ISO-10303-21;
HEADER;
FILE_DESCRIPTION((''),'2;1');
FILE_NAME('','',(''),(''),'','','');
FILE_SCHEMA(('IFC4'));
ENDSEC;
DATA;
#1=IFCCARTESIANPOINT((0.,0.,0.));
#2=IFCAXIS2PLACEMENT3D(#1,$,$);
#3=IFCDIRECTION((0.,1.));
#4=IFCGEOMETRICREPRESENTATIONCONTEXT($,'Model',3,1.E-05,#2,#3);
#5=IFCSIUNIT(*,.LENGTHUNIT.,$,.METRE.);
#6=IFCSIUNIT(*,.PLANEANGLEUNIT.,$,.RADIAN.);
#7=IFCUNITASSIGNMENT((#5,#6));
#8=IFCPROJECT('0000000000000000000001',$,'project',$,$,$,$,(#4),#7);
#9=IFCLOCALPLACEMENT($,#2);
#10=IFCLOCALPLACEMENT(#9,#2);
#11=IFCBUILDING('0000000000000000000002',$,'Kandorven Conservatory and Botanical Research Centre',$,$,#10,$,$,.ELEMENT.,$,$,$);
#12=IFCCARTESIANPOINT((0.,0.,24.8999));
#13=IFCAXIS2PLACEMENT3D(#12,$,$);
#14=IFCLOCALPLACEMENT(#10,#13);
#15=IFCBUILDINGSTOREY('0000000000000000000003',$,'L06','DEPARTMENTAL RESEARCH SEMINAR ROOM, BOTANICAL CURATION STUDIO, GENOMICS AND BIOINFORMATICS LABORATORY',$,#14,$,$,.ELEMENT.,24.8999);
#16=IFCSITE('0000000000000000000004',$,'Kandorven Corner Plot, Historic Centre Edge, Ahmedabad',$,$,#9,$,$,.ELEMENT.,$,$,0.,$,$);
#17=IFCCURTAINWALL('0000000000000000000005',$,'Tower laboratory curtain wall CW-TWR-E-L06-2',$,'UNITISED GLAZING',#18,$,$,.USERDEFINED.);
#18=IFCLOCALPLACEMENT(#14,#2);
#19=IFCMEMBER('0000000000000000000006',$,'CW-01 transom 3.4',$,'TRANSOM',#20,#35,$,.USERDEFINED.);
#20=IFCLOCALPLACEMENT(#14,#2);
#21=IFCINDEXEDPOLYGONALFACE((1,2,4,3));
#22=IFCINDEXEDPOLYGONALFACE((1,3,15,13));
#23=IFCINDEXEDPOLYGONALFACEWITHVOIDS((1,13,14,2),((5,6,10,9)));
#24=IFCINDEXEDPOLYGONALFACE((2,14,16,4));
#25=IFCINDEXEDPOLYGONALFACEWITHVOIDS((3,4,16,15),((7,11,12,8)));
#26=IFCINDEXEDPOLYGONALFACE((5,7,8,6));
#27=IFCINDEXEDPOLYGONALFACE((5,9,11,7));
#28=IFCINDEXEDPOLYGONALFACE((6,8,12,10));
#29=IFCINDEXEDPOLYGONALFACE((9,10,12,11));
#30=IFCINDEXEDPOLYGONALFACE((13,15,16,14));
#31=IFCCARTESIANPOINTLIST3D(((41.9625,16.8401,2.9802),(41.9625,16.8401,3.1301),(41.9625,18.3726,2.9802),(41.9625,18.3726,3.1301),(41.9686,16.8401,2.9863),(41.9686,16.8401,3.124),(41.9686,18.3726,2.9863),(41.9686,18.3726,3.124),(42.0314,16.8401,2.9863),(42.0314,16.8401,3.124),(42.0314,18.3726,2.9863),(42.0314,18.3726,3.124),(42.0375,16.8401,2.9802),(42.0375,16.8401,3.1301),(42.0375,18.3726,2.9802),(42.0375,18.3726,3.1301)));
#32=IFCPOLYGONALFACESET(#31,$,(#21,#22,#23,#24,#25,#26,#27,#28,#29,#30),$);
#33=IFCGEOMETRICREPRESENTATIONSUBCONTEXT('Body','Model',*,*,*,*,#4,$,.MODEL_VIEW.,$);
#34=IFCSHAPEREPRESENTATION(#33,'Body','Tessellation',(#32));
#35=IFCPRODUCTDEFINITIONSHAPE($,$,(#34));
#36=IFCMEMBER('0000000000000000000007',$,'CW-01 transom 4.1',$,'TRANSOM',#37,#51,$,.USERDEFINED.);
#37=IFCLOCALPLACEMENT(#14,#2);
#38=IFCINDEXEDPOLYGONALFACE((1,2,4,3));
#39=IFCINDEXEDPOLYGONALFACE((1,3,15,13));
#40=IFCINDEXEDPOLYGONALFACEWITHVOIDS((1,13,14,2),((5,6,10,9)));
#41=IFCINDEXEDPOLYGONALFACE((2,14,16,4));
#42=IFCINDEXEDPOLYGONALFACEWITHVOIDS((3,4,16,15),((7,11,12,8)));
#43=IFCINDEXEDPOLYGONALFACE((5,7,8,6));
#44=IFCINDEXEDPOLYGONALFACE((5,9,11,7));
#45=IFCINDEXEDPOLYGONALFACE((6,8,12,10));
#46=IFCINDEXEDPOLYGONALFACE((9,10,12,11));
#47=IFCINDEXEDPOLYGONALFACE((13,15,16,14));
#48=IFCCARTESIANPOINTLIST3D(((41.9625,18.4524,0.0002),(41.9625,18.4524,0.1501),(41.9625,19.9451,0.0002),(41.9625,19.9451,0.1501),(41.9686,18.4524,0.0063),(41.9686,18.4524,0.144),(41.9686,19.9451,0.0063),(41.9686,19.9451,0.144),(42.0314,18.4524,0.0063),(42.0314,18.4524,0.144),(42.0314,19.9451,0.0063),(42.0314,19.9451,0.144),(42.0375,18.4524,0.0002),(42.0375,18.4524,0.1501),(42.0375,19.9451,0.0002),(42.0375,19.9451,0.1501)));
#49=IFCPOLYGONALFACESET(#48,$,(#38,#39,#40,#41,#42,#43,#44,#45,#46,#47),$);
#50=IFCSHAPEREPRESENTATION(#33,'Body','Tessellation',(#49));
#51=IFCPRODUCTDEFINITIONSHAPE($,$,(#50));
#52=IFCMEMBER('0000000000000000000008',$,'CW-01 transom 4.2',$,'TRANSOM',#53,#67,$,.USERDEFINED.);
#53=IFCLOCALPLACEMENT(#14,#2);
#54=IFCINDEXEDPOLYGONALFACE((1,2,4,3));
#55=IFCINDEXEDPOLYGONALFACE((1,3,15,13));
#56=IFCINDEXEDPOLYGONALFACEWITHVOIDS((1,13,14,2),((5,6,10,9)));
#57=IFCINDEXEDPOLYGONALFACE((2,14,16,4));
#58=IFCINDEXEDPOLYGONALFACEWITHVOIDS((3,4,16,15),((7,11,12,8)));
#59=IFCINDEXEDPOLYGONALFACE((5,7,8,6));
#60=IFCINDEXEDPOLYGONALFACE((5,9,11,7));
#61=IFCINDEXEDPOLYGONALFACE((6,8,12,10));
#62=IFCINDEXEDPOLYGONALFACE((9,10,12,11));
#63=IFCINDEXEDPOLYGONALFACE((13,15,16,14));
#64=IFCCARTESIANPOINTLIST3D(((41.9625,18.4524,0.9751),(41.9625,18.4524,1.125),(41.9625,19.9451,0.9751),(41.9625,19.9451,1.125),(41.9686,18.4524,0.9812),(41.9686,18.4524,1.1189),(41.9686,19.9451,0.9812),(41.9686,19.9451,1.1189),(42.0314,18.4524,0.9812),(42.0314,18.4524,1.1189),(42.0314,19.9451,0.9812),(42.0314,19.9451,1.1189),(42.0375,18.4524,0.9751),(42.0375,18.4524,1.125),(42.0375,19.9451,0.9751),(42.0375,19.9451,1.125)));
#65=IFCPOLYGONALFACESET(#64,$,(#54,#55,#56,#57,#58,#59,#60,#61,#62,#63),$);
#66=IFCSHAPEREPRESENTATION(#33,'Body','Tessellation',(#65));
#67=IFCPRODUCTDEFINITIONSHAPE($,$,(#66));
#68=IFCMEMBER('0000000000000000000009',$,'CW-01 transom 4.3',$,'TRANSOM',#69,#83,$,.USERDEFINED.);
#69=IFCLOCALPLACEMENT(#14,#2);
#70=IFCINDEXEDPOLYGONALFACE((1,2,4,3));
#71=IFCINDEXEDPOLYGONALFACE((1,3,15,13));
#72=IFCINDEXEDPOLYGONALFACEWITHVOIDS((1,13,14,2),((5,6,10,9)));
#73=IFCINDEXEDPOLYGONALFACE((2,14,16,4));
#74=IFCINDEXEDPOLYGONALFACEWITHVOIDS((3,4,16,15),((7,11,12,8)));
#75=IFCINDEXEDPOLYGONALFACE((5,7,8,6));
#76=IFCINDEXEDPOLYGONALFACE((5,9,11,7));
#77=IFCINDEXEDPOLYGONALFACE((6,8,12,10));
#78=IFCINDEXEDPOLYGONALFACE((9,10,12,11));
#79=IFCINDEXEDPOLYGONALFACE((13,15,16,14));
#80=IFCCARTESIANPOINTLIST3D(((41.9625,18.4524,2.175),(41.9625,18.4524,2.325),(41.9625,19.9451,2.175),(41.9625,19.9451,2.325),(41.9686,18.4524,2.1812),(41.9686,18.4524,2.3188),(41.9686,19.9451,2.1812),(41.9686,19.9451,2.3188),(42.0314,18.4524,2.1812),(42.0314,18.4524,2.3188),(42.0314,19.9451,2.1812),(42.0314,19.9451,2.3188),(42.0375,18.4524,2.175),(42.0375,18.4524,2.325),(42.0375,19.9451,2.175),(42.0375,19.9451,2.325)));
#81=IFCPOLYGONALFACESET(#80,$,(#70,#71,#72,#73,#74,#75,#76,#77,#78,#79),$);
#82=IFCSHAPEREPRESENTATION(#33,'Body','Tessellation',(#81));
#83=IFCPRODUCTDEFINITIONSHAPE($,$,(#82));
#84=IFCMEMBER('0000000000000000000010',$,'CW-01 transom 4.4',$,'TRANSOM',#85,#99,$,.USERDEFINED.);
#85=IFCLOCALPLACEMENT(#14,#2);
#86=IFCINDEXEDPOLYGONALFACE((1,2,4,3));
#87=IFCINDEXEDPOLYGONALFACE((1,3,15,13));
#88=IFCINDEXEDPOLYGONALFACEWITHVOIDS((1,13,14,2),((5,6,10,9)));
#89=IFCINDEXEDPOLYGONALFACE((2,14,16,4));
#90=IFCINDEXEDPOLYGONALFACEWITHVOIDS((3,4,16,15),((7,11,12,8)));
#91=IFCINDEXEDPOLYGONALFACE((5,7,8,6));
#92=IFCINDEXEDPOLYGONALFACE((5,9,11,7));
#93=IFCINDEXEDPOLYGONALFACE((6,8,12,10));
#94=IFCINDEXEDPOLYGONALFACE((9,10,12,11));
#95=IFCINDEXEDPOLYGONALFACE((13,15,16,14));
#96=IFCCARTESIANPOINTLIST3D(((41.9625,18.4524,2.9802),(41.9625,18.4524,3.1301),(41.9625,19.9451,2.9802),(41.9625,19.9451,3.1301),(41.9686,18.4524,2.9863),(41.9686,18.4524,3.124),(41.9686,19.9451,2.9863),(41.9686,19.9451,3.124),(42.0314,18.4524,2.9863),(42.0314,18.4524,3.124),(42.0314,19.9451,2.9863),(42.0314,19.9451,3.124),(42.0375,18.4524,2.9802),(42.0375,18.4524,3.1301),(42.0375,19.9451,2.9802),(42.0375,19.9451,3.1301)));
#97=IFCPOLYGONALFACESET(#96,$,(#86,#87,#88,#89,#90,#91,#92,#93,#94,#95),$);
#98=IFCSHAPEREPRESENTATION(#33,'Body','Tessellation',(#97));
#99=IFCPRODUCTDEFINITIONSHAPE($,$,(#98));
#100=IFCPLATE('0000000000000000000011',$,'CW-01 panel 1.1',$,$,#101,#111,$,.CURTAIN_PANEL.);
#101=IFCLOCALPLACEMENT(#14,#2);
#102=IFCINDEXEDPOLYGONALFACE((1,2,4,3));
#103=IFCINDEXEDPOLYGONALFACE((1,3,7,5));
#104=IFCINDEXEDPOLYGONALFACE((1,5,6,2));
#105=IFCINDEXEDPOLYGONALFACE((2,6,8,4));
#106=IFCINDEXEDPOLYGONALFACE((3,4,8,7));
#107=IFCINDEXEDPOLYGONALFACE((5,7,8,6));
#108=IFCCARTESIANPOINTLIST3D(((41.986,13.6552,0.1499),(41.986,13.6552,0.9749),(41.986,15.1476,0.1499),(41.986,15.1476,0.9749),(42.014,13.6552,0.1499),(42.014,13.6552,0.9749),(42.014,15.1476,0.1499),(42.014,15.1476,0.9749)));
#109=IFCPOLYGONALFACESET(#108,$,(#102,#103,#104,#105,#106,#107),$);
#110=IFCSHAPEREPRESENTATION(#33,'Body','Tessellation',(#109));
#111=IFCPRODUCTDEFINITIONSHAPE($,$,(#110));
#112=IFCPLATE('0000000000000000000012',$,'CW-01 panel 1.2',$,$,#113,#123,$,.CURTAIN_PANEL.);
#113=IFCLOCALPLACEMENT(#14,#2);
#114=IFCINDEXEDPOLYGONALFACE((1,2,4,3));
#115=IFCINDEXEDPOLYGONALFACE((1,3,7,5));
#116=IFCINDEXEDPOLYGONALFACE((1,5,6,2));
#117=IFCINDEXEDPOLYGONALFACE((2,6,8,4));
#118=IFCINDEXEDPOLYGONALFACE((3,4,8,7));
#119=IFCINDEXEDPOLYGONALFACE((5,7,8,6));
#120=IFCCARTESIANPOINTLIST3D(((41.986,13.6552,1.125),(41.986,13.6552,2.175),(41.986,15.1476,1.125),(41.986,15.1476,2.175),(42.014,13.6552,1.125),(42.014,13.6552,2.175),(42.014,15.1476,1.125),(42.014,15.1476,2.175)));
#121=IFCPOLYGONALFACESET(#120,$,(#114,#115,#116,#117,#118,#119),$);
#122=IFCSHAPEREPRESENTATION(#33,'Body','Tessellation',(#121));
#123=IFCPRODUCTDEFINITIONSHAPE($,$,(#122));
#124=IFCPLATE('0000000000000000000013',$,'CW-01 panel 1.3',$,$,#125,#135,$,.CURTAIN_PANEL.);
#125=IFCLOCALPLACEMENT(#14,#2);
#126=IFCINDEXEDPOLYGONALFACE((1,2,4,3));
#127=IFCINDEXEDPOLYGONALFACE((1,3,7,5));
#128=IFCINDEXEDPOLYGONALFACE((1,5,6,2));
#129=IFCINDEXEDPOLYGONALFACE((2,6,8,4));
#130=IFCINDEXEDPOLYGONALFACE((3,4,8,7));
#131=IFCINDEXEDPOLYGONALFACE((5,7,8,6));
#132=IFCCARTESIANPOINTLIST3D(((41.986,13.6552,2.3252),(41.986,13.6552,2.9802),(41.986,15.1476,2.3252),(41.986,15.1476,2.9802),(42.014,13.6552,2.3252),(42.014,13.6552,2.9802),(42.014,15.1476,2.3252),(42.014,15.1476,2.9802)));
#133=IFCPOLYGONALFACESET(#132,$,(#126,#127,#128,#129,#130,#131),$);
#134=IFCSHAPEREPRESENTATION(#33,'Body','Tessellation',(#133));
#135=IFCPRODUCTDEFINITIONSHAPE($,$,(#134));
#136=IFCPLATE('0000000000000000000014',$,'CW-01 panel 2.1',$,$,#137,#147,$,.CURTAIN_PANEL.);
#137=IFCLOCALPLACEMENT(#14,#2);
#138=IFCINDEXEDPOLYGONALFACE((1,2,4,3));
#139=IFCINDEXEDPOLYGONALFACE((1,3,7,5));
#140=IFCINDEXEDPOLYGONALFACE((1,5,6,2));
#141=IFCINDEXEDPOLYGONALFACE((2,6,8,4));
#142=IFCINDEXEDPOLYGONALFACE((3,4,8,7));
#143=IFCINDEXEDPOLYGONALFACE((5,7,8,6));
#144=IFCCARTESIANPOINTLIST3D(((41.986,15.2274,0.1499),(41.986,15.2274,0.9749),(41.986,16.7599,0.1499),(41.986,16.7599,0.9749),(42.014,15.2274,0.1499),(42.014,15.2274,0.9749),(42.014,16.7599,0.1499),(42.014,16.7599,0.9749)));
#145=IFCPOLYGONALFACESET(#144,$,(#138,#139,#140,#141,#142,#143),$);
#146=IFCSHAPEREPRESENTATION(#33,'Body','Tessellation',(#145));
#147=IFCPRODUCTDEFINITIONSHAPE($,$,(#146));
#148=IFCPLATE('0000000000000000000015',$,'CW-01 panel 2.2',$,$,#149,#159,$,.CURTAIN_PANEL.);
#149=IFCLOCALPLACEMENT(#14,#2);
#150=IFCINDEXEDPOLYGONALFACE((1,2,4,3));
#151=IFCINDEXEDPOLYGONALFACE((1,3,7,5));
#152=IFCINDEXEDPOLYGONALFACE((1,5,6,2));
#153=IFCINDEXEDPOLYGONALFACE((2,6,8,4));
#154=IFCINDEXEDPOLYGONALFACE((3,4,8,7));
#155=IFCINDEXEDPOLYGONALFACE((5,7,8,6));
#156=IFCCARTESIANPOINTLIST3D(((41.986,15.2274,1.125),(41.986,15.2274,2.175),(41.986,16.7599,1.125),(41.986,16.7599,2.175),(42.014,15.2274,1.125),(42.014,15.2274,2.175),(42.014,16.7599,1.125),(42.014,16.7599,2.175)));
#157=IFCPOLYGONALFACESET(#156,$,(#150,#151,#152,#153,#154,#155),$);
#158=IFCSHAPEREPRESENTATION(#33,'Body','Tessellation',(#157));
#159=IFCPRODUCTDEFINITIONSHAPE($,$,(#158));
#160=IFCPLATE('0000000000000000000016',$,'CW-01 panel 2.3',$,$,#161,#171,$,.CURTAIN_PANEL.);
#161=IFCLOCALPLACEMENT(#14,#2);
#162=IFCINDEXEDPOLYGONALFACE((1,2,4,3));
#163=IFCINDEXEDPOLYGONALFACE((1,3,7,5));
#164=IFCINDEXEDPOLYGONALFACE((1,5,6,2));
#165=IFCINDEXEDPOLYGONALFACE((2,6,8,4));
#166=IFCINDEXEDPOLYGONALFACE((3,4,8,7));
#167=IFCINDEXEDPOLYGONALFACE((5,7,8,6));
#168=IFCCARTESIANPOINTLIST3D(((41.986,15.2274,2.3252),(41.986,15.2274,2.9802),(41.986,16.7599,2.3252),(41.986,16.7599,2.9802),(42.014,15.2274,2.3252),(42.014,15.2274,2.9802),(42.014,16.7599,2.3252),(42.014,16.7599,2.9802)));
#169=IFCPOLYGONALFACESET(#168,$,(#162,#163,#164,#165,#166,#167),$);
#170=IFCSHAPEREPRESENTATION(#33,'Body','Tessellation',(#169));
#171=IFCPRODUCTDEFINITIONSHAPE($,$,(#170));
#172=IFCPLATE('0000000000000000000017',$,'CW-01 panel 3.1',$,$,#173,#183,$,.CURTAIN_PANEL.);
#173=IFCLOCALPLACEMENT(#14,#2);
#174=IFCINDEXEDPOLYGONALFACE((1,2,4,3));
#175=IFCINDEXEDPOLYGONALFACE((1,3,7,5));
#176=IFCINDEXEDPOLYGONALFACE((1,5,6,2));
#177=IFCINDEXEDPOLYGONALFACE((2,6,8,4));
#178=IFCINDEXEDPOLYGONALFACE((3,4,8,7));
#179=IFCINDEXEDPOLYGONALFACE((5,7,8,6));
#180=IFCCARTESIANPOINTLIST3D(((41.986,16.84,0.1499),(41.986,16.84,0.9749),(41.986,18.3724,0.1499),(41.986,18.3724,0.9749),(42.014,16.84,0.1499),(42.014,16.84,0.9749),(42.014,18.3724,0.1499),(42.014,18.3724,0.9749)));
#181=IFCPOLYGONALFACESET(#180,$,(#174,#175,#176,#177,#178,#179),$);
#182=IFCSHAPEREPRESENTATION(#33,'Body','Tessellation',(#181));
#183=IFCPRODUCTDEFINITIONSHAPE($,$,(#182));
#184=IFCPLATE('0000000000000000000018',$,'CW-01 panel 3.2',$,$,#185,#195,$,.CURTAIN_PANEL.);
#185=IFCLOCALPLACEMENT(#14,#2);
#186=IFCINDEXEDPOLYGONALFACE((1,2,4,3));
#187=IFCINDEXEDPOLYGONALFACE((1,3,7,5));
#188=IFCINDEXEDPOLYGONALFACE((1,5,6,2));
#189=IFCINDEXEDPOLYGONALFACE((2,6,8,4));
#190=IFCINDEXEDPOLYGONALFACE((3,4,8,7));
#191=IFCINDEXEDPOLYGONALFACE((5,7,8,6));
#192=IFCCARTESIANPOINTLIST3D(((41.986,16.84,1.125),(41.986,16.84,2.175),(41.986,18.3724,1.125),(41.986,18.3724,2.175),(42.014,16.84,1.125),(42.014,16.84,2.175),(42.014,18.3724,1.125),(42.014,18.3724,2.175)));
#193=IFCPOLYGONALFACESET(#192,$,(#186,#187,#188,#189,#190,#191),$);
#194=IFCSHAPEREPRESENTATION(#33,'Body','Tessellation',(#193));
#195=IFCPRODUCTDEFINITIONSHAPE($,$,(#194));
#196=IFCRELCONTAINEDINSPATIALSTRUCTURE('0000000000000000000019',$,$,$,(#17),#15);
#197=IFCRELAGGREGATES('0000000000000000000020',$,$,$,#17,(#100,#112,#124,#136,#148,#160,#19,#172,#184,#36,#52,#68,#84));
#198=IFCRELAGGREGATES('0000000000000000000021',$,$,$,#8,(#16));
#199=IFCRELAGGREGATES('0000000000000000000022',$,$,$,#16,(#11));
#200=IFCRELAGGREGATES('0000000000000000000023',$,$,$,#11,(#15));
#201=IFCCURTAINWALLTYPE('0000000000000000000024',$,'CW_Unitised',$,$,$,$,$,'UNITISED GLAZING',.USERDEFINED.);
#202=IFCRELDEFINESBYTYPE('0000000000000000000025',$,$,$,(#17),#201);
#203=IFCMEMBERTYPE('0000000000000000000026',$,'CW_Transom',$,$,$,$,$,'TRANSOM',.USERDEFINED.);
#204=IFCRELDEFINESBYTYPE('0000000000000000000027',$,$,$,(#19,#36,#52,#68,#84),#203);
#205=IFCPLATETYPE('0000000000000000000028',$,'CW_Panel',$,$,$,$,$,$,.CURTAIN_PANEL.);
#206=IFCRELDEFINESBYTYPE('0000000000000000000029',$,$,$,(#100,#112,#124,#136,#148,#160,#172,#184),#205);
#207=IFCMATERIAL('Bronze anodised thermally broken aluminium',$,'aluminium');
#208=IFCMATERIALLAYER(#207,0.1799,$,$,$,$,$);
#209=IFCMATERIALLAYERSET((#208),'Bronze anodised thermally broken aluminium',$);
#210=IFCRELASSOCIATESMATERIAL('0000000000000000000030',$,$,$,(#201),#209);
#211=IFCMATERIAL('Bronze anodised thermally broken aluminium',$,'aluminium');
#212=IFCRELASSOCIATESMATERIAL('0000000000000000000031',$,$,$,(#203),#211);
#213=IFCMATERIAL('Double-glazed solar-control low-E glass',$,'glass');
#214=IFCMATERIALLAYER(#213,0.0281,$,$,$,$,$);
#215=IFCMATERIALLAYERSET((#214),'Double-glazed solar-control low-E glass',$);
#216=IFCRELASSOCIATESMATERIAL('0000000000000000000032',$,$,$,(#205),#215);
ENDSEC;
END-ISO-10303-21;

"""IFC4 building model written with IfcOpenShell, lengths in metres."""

from ifc_helpers import new_model, si_unit, direction, frame, origin, origin_2d, place, context, subcontext, project, spatial, rectangle, hollow_rectangle, extrude, material, layer, layer_set, material_profile, profile_set, type_object, element, aggregate, save


model = new_model("IFC4")

# Units and contexts
model_context = context("Model", 3, precision=1e-05, world=origin(), true_north=direction((0.0, 1.0)))
body_context = subcontext(model_context, "Body", "Model", "MODEL_VIEW")
ifc_project = project(units=[si_unit("LENGTHUNIT", "METRE"), si_unit("PLANEANGLEUNIT", "RADIAN")], contexts=[model_context])

# Site, building, storey
site_placement = place(None, origin())
site = spatial("IfcSite", under=ifc_project, at=site_placement, Name="Kandorven Corner Plot, Historic Centre Edge, Ahmedabad", CompositionType="ELEMENT", RefElevation=0.0)
building_placement = place(site_placement, origin())
building = spatial("IfcBuilding", under=site, at=building_placement, Name="Kandorven Conservatory and Botanical Research Centre", CompositionType="ELEMENT")
storey_placement = place(building_placement, frame((0.0, 0.0, 24.8999)))
storey = spatial("IfcBuildingStorey", under=building, at=storey_placement, Name="L06", Description="DEPARTMENTAL RESEARCH SEMINAR ROOM, BOTANICAL CURATION STUDIO, GENOMICS AND BIOINFORMATICS LABORATORY", CompositionType="ELEMENT", Elevation=24.8999)

# Curtain wall, members, plates
ifc_material_1 = material(Name="Bronze anodised thermally broken aluminium", Category="aluminium")
ifc_layer_1 = layer(ifc_material_1, 0.1799)
ifc_layer_set_1 = layer_set([ifc_layer_1], Name="Bronze anodised thermally broken aluminium")
curtain_wall_type = type_object("IfcCurtainWallType", Name="CW_Unitised", ElementType="UNITISED GLAZING", PredefinedType="USERDEFINED", material=ifc_layer_set_1)
curtain_wall_placement = place(storey_placement, origin())
curtain_wall = element("IfcCurtainWall", 1, at=curtain_wall_placement, inside=storey, type_object=curtain_wall_type, Name="Tower laboratory curtain wall CW-TWR-E-L06-2", ObjectType="UNITISED GLAZING", PredefinedType="USERDEFINED")
ifc_material_2 = material(Name="Bronze anodised thermally broken aluminium", Category="aluminium")
ifc_material_profile_1 = material_profile(ifc_material_2, hollow_rectangle(XDim=0.075, YDim=0.1499, WallThickness=0.0061, at=origin_2d()))
ifc_profile_set_1 = profile_set([ifc_material_profile_1], Name="Bronze anodised thermally broken aluminium")
member_type_1 = type_object("IfcMemberType", Name="CW_Transom", ElementType="TRANSOM", PredefinedType="USERDEFINED", material=ifc_profile_set_1)
member_1_placement = place(storey_placement, frame((42.0, 16.8401, 3.0552), z_axis=(0.0, 1.0, 0.0), x_axis=(-1.0, 0.0, 0.0)))
member_1 = element("IfcMember", 2, at=member_1_placement, type_object=member_type_1, Name="CW-01 transom 3.4", ObjectType="TRANSOM", PredefinedType="USERDEFINED", context=body_context, shape_type="SweptSolid", body=[
    extrude(hollow_rectangle(XDim=0.075, YDim=0.1499, WallThickness=0.0061, at=origin_2d()), origin(), (0.0, 0.0, 1.0), 1.5325),
])
member_2_placement = place(storey_placement, frame((42.0, 18.4524, 0.0752), z_axis=(0.0, 1.0, 0.0), x_axis=(-1.0, 0.0, 0.0)))
member_2 = element("IfcMember", 3, at=member_2_placement, type_object=member_type_1, Name="CW-01 transom 4.1", ObjectType="TRANSOM", PredefinedType="USERDEFINED", context=body_context, shape_type="SweptSolid", body=[
    extrude(hollow_rectangle(XDim=0.075, YDim=0.1499, WallThickness=0.0061, at=origin_2d()), origin(), (0.0, 0.0, 1.0), 1.4927),
])
member_3_placement = place(storey_placement, frame((42.0, 18.4524, 1.05), z_axis=(0.0, 1.0, 0.0), x_axis=(-1.0, 0.0, 0.0)))
member_3 = element("IfcMember", 4, at=member_3_placement, type_object=member_type_1, Name="CW-01 transom 4.2", ObjectType="TRANSOM", PredefinedType="USERDEFINED", context=body_context, shape_type="SweptSolid", body=[
    extrude(hollow_rectangle(XDim=0.075, YDim=0.1499, WallThickness=0.0061, at=origin_2d()), origin(), (0.0, 0.0, 1.0), 1.4927),
])
member_4_placement = place(storey_placement, frame((42.0, 18.4524, 2.25), z_axis=(0.0, 1.0, 0.0), x_axis=(-1.0, 0.0, 0.0)))
member_4 = element("IfcMember", 5, at=member_4_placement, type_object=member_type_1, Name="CW-01 transom 4.3", ObjectType="TRANSOM", PredefinedType="USERDEFINED", context=body_context, shape_type="SweptSolid", body=[
    extrude(hollow_rectangle(XDim=0.075, YDim=0.1499, WallThickness=0.0061, at=origin_2d()), origin(), (0.0, 0.0, 1.0), 1.4927),
])
member_5_placement = place(storey_placement, frame((42.0, 18.4524, 3.0552), z_axis=(0.0, 1.0, 0.0), x_axis=(-1.0, 0.0, 0.0)))
member_5 = element("IfcMember", 6, at=member_5_placement, type_object=member_type_1, Name="CW-01 transom 4.4", ObjectType="TRANSOM", PredefinedType="USERDEFINED", context=body_context, shape_type="SweptSolid", body=[
    extrude(hollow_rectangle(XDim=0.075, YDim=0.1499, WallThickness=0.0061, at=origin_2d()), origin(), (0.0, 0.0, 1.0), 1.4927),
])
ifc_material_3 = material(Name="Double-glazed solar-control low-E glass", Category="glass")
ifc_layer_2 = layer(ifc_material_3, 0.0281)
ifc_layer_set_2 = layer_set([ifc_layer_2], Name="Double-glazed solar-control low-E glass")
plate_type_1 = type_object("IfcPlateType", Name="CW_Panel", PredefinedType="CURTAIN_PANEL", material=ifc_layer_set_2)
plate_1_placement = place(storey_placement, frame((42.0, 14.4014, 0.1499), z_axis=(0.0, 0.0, 1.0), x_axis=(0.0, 1.0, 0.0)))
plate_1 = element("IfcPlate", 7, at=plate_1_placement, type_object=plate_type_1, Name="CW-01 panel 1.1", PredefinedType="CURTAIN_PANEL", context=body_context, shape_type="SweptSolid", body=[
    extrude(rectangle(XDim=1.4924, YDim=0.0281, at=origin_2d()), origin(), (0.0, 0.0, 1.0), 0.825),
])
plate_2_placement = place(storey_placement, frame((42.0, 14.4014, 1.125), z_axis=(0.0, 0.0, 1.0), x_axis=(0.0, 1.0, 0.0)))
plate_2 = element("IfcPlate", 8, at=plate_2_placement, type_object=plate_type_1, Name="CW-01 panel 1.2", PredefinedType="CURTAIN_PANEL", context=body_context, shape_type="SweptSolid", body=[
    extrude(rectangle(XDim=1.4924, YDim=0.0281, at=origin_2d()), origin(), (0.0, 0.0, 1.0), 1.05),
])
plate_3_placement = place(storey_placement, frame((42.0, 14.4014, 2.3252), z_axis=(0.0, 0.0, 1.0), x_axis=(0.0, 1.0, 0.0)))
plate_3 = element("IfcPlate", 9, at=plate_3_placement, type_object=plate_type_1, Name="CW-01 panel 1.3", PredefinedType="CURTAIN_PANEL", context=body_context, shape_type="SweptSolid", body=[
    extrude(rectangle(XDim=1.4924, YDim=0.0281, at=origin_2d()), origin(), (0.0, 0.0, 1.0), 0.655),
])
plate_4_placement = place(storey_placement, frame((42.0, 15.9937, 0.1499), z_axis=(0.0, 0.0, 1.0), x_axis=(0.0, 1.0, 0.0)))
plate_4 = element("IfcPlate", 10, at=plate_4_placement, type_object=plate_type_1, Name="CW-01 panel 2.1", PredefinedType="CURTAIN_PANEL", context=body_context, shape_type="SweptSolid", body=[
    extrude(rectangle(XDim=1.5325, YDim=0.0281, at=origin_2d()), origin(), (0.0, 0.0, 1.0), 0.825),
])
plate_5_placement = place(storey_placement, frame((42.0, 15.9937, 1.125), z_axis=(0.0, 0.0, 1.0), x_axis=(0.0, 1.0, 0.0)))
plate_5 = element("IfcPlate", 11, at=plate_5_placement, type_object=plate_type_1, Name="CW-01 panel 2.2", PredefinedType="CURTAIN_PANEL", context=body_context, shape_type="SweptSolid", body=[
    extrude(rectangle(XDim=1.5325, YDim=0.0281, at=origin_2d()), origin(), (0.0, 0.0, 1.0), 1.05),
])
plate_6_placement = place(storey_placement, frame((42.0, 15.9937, 2.3252), z_axis=(0.0, 0.0, 1.0), x_axis=(0.0, 1.0, 0.0)))
plate_6 = element("IfcPlate", 12, at=plate_6_placement, type_object=plate_type_1, Name="CW-01 panel 2.3", PredefinedType="CURTAIN_PANEL", context=body_context, shape_type="SweptSolid", body=[
    extrude(rectangle(XDim=1.5325, YDim=0.0281, at=origin_2d()), origin(), (0.0, 0.0, 1.0), 0.655),
])
plate_7_placement = place(storey_placement, frame((42.0, 17.6062, 0.1499), z_axis=(0.0, 0.0, 1.0), x_axis=(0.0, 1.0, 0.0)))
plate_7 = element("IfcPlate", 13, at=plate_7_placement, type_object=plate_type_1, Name="CW-01 panel 3.1", PredefinedType="CURTAIN_PANEL", context=body_context, shape_type="SweptSolid", body=[
    extrude(rectangle(XDim=1.5325, YDim=0.0281, at=origin_2d()), origin(), (0.0, 0.0, 1.0), 0.825),
])
plate_8_placement = place(storey_placement, frame((42.0, 17.6062, 1.125), z_axis=(0.0, 0.0, 1.0), x_axis=(0.0, 1.0, 0.0)))
plate_8 = element("IfcPlate", 14, at=plate_8_placement, type_object=plate_type_1, Name="CW-01 panel 3.2", PredefinedType="CURTAIN_PANEL", context=body_context, shape_type="SweptSolid", body=[
    extrude(rectangle(XDim=1.5325, YDim=0.0281, at=origin_2d()), origin(), (0.0, 0.0, 1.0), 1.05),
])
aggregate(curtain_wall, [plate_1, plate_2, plate_3, plate_4, plate_5, plate_6, member_1, plate_7, plate_8, member_2, member_3, member_4, member_5])

save(model, "model.ifc")
